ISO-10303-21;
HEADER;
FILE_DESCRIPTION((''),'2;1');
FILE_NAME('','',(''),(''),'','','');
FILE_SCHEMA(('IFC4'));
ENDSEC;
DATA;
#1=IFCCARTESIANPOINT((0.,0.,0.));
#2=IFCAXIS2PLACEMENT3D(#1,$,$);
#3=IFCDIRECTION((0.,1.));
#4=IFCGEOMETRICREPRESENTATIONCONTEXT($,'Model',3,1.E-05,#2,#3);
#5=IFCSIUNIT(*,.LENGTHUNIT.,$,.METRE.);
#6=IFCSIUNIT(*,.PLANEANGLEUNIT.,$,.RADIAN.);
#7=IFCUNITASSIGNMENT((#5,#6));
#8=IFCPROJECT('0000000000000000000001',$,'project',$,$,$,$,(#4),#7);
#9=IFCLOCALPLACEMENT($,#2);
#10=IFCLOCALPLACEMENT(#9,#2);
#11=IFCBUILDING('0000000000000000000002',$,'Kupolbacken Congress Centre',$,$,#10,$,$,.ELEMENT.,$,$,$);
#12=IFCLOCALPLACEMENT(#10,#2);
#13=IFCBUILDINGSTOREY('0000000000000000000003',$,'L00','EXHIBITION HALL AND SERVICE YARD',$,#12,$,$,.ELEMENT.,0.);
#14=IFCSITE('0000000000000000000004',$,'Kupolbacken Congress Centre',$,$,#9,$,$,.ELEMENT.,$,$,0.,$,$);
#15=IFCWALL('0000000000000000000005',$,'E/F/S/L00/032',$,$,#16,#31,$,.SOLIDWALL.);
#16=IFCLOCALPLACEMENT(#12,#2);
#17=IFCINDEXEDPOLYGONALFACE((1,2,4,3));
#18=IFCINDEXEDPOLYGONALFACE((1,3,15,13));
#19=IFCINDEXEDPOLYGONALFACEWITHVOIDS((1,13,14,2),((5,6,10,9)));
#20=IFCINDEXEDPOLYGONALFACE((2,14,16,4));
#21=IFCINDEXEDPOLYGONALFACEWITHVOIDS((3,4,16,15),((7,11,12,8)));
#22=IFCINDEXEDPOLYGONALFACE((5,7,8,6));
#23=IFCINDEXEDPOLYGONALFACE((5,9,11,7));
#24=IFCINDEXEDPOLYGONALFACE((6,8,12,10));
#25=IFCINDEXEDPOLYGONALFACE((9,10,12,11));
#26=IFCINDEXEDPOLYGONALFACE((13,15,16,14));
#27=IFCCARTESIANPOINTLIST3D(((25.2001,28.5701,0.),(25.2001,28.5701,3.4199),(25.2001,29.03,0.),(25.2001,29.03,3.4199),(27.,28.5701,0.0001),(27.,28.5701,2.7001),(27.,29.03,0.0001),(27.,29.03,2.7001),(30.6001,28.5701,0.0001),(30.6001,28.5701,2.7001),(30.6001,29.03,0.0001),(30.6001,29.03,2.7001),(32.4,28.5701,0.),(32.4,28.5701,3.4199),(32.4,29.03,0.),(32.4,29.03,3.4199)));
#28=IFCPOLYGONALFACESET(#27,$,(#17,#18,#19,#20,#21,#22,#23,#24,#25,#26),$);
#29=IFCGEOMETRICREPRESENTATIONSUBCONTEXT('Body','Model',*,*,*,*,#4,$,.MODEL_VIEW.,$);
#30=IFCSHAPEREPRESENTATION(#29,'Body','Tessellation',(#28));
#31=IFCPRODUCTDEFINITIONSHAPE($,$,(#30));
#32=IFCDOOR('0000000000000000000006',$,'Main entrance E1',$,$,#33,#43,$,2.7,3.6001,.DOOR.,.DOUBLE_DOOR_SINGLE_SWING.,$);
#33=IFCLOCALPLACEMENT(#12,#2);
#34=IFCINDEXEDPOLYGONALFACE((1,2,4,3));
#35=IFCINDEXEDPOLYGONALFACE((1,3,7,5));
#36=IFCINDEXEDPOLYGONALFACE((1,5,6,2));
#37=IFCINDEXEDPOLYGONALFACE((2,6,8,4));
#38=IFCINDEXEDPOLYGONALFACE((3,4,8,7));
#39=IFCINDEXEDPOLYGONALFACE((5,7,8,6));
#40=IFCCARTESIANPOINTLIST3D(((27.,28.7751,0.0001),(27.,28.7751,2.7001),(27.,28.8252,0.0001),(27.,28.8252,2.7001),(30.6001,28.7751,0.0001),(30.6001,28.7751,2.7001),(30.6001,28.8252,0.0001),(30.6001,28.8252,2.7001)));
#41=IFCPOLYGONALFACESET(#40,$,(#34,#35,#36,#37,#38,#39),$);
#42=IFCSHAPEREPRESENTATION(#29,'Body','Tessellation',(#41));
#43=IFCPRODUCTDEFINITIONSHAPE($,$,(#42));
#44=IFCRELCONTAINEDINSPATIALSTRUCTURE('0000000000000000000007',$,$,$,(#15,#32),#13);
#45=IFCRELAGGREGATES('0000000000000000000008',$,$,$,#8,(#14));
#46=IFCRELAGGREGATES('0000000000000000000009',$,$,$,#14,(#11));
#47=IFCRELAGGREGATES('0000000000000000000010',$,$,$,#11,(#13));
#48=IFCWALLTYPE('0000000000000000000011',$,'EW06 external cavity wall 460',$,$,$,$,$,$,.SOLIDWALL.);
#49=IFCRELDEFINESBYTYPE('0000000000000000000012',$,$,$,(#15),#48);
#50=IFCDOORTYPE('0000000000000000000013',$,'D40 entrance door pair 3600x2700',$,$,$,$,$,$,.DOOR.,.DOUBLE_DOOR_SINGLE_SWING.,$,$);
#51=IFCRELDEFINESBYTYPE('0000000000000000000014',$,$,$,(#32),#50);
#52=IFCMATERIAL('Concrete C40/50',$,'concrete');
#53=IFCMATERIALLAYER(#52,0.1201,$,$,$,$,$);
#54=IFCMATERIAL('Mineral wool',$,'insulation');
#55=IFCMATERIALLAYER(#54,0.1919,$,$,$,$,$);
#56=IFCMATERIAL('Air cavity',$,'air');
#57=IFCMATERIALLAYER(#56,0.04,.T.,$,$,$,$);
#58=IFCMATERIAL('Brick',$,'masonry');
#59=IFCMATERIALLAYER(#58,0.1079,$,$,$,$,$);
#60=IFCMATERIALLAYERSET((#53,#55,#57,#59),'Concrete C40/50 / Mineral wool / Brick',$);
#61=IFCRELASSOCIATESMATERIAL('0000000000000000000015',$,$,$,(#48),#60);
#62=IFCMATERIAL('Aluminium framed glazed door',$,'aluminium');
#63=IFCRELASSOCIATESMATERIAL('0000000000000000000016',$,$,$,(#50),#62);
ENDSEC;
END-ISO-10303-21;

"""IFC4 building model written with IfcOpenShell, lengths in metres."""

from ifc_helpers import new_model, si_unit, direction, frame, frame_2d, origin, place, context, subcontext, project, spatial, rectangle, extrude, material, layer, layer_set, type_object, element, fill, save


model = new_model("IFC4")

# Units and contexts
model_context = context("Model", 3, precision=1e-05, world=origin(), true_north=direction((0.0, 1.0)))
body_context = subcontext(model_context, "Body", "Model", "MODEL_VIEW")
ifc_project = project(units=[si_unit("LENGTHUNIT", "METRE"), si_unit("PLANEANGLEUNIT", "RADIAN")], contexts=[model_context])

# Site, building, storey
site_placement = place(None, origin())
site = spatial("IfcSite", under=ifc_project, at=site_placement, Name="Kupolbacken Congress Centre", CompositionType="ELEMENT", RefElevation=0.0)
building_placement = place(site_placement, origin())
building = spatial("IfcBuilding", under=site, at=building_placement, Name="Kupolbacken Congress Centre", CompositionType="ELEMENT")
storey_placement = place(building_placement, origin())
storey = spatial("IfcBuildingStorey", under=building, at=storey_placement, Name="L00", Description="EXHIBITION HALL AND SERVICE YARD", CompositionType="ELEMENT", Elevation=0.0)

# Wall, opening, door
ifc_material_1 = material(Name="Concrete C40/50", Category="concrete")
ifc_layer_1 = layer(ifc_material_1, 0.1201)
ifc_material_2 = material(Name="Mineral wool", Category="insulation")
ifc_layer_2 = layer(ifc_material_2, 0.1919)
ifc_material_3 = material(Name="Air cavity", Category="air")
ifc_layer_3 = layer(ifc_material_3, 0.04, ventilated=True)
ifc_material_4 = material(Name="Brick", Category="masonry")
ifc_layer_4 = layer(ifc_material_4, 0.1079)
ifc_layer_set_1 = layer_set([ifc_layer_1, ifc_layer_2, ifc_layer_3, ifc_layer_4], Name="Concrete C40/50 / Mineral wool / Brick")
wall_type = type_object("IfcWallType", Name="EW06 external cavity wall 460", PredefinedType="SOLIDWALL", material=ifc_layer_set_1)
wall_placement = place(storey_placement, frame((25.2, 28.8, 0.0), z_axis=(0.0, 0.0, 1.0), x_axis=(1.0, 0.0, 0.0)))
wall = element("IfcWall", 1, at=wall_placement, inside=storey, type_object=wall_type, Name="E/F/S/L00/032", PredefinedType="SOLIDWALL", context=body_context, shape_type="SweptSolid", body=[
    extrude(rectangle(XDim=7.2, YDim=0.46, at=frame_2d((3.6001, 0.0))), origin(), (0.0, 0.0, 1.0), 3.4199),
])
opening_placement = place(wall_placement, frame((1.8, 0.0, 0.0)))
opening = element("IfcOpeningElement", 2, at=opening_placement, cuts=wall, PredefinedType="OPENING", context=body_context, shape_type="SweptSolid", body=[
    extrude(rectangle(XDim=3.6001, YDim=2.7, at=frame_2d((1.8, 1.3501))), frame((0.0, 0.24, 0.0), z_axis=(0.0, -1.0, 0.0), x_axis=(1.0, 0.0, 0.0)), (0.0, 0.0, 1.0), 0.48),
])
ifc_material_5 = material(Name="Aluminium framed glazed door", Category="aluminium")
door_type = type_object("IfcDoorType", Name="D40 entrance door pair 3600x2700", OperationType="DOUBLE_DOOR_SINGLE_SWING", PredefinedType="DOOR", material=ifc_material_5)
door_placement = place(opening_placement, frame((3.6001, 0.0, 0.0), z_axis=(0.0, 0.0, 1.0), x_axis=(-1.0, 0.0, 0.0)))
door = element("IfcDoor", 3, at=door_placement, inside=storey, type_object=door_type, Name="Main entrance E1", OperationType="DOUBLE_DOOR_SINGLE_SWING", OverallHeight=2.7, OverallWidth=3.6001, PredefinedType="DOOR", context=body_context, shape_type="SweptSolid", body=[
    extrude(rectangle(XDim=3.6001, YDim=2.7, at=frame_2d((1.8, 1.3501))), frame((0.0, 0.0249, 0.0), z_axis=(0.0, -1.0, 0.0), x_axis=(1.0, 0.0, 0.0)), (0.0, 0.0, 1.0), 0.05),
])
fill(opening, door)

save(model, "model.ifc")
